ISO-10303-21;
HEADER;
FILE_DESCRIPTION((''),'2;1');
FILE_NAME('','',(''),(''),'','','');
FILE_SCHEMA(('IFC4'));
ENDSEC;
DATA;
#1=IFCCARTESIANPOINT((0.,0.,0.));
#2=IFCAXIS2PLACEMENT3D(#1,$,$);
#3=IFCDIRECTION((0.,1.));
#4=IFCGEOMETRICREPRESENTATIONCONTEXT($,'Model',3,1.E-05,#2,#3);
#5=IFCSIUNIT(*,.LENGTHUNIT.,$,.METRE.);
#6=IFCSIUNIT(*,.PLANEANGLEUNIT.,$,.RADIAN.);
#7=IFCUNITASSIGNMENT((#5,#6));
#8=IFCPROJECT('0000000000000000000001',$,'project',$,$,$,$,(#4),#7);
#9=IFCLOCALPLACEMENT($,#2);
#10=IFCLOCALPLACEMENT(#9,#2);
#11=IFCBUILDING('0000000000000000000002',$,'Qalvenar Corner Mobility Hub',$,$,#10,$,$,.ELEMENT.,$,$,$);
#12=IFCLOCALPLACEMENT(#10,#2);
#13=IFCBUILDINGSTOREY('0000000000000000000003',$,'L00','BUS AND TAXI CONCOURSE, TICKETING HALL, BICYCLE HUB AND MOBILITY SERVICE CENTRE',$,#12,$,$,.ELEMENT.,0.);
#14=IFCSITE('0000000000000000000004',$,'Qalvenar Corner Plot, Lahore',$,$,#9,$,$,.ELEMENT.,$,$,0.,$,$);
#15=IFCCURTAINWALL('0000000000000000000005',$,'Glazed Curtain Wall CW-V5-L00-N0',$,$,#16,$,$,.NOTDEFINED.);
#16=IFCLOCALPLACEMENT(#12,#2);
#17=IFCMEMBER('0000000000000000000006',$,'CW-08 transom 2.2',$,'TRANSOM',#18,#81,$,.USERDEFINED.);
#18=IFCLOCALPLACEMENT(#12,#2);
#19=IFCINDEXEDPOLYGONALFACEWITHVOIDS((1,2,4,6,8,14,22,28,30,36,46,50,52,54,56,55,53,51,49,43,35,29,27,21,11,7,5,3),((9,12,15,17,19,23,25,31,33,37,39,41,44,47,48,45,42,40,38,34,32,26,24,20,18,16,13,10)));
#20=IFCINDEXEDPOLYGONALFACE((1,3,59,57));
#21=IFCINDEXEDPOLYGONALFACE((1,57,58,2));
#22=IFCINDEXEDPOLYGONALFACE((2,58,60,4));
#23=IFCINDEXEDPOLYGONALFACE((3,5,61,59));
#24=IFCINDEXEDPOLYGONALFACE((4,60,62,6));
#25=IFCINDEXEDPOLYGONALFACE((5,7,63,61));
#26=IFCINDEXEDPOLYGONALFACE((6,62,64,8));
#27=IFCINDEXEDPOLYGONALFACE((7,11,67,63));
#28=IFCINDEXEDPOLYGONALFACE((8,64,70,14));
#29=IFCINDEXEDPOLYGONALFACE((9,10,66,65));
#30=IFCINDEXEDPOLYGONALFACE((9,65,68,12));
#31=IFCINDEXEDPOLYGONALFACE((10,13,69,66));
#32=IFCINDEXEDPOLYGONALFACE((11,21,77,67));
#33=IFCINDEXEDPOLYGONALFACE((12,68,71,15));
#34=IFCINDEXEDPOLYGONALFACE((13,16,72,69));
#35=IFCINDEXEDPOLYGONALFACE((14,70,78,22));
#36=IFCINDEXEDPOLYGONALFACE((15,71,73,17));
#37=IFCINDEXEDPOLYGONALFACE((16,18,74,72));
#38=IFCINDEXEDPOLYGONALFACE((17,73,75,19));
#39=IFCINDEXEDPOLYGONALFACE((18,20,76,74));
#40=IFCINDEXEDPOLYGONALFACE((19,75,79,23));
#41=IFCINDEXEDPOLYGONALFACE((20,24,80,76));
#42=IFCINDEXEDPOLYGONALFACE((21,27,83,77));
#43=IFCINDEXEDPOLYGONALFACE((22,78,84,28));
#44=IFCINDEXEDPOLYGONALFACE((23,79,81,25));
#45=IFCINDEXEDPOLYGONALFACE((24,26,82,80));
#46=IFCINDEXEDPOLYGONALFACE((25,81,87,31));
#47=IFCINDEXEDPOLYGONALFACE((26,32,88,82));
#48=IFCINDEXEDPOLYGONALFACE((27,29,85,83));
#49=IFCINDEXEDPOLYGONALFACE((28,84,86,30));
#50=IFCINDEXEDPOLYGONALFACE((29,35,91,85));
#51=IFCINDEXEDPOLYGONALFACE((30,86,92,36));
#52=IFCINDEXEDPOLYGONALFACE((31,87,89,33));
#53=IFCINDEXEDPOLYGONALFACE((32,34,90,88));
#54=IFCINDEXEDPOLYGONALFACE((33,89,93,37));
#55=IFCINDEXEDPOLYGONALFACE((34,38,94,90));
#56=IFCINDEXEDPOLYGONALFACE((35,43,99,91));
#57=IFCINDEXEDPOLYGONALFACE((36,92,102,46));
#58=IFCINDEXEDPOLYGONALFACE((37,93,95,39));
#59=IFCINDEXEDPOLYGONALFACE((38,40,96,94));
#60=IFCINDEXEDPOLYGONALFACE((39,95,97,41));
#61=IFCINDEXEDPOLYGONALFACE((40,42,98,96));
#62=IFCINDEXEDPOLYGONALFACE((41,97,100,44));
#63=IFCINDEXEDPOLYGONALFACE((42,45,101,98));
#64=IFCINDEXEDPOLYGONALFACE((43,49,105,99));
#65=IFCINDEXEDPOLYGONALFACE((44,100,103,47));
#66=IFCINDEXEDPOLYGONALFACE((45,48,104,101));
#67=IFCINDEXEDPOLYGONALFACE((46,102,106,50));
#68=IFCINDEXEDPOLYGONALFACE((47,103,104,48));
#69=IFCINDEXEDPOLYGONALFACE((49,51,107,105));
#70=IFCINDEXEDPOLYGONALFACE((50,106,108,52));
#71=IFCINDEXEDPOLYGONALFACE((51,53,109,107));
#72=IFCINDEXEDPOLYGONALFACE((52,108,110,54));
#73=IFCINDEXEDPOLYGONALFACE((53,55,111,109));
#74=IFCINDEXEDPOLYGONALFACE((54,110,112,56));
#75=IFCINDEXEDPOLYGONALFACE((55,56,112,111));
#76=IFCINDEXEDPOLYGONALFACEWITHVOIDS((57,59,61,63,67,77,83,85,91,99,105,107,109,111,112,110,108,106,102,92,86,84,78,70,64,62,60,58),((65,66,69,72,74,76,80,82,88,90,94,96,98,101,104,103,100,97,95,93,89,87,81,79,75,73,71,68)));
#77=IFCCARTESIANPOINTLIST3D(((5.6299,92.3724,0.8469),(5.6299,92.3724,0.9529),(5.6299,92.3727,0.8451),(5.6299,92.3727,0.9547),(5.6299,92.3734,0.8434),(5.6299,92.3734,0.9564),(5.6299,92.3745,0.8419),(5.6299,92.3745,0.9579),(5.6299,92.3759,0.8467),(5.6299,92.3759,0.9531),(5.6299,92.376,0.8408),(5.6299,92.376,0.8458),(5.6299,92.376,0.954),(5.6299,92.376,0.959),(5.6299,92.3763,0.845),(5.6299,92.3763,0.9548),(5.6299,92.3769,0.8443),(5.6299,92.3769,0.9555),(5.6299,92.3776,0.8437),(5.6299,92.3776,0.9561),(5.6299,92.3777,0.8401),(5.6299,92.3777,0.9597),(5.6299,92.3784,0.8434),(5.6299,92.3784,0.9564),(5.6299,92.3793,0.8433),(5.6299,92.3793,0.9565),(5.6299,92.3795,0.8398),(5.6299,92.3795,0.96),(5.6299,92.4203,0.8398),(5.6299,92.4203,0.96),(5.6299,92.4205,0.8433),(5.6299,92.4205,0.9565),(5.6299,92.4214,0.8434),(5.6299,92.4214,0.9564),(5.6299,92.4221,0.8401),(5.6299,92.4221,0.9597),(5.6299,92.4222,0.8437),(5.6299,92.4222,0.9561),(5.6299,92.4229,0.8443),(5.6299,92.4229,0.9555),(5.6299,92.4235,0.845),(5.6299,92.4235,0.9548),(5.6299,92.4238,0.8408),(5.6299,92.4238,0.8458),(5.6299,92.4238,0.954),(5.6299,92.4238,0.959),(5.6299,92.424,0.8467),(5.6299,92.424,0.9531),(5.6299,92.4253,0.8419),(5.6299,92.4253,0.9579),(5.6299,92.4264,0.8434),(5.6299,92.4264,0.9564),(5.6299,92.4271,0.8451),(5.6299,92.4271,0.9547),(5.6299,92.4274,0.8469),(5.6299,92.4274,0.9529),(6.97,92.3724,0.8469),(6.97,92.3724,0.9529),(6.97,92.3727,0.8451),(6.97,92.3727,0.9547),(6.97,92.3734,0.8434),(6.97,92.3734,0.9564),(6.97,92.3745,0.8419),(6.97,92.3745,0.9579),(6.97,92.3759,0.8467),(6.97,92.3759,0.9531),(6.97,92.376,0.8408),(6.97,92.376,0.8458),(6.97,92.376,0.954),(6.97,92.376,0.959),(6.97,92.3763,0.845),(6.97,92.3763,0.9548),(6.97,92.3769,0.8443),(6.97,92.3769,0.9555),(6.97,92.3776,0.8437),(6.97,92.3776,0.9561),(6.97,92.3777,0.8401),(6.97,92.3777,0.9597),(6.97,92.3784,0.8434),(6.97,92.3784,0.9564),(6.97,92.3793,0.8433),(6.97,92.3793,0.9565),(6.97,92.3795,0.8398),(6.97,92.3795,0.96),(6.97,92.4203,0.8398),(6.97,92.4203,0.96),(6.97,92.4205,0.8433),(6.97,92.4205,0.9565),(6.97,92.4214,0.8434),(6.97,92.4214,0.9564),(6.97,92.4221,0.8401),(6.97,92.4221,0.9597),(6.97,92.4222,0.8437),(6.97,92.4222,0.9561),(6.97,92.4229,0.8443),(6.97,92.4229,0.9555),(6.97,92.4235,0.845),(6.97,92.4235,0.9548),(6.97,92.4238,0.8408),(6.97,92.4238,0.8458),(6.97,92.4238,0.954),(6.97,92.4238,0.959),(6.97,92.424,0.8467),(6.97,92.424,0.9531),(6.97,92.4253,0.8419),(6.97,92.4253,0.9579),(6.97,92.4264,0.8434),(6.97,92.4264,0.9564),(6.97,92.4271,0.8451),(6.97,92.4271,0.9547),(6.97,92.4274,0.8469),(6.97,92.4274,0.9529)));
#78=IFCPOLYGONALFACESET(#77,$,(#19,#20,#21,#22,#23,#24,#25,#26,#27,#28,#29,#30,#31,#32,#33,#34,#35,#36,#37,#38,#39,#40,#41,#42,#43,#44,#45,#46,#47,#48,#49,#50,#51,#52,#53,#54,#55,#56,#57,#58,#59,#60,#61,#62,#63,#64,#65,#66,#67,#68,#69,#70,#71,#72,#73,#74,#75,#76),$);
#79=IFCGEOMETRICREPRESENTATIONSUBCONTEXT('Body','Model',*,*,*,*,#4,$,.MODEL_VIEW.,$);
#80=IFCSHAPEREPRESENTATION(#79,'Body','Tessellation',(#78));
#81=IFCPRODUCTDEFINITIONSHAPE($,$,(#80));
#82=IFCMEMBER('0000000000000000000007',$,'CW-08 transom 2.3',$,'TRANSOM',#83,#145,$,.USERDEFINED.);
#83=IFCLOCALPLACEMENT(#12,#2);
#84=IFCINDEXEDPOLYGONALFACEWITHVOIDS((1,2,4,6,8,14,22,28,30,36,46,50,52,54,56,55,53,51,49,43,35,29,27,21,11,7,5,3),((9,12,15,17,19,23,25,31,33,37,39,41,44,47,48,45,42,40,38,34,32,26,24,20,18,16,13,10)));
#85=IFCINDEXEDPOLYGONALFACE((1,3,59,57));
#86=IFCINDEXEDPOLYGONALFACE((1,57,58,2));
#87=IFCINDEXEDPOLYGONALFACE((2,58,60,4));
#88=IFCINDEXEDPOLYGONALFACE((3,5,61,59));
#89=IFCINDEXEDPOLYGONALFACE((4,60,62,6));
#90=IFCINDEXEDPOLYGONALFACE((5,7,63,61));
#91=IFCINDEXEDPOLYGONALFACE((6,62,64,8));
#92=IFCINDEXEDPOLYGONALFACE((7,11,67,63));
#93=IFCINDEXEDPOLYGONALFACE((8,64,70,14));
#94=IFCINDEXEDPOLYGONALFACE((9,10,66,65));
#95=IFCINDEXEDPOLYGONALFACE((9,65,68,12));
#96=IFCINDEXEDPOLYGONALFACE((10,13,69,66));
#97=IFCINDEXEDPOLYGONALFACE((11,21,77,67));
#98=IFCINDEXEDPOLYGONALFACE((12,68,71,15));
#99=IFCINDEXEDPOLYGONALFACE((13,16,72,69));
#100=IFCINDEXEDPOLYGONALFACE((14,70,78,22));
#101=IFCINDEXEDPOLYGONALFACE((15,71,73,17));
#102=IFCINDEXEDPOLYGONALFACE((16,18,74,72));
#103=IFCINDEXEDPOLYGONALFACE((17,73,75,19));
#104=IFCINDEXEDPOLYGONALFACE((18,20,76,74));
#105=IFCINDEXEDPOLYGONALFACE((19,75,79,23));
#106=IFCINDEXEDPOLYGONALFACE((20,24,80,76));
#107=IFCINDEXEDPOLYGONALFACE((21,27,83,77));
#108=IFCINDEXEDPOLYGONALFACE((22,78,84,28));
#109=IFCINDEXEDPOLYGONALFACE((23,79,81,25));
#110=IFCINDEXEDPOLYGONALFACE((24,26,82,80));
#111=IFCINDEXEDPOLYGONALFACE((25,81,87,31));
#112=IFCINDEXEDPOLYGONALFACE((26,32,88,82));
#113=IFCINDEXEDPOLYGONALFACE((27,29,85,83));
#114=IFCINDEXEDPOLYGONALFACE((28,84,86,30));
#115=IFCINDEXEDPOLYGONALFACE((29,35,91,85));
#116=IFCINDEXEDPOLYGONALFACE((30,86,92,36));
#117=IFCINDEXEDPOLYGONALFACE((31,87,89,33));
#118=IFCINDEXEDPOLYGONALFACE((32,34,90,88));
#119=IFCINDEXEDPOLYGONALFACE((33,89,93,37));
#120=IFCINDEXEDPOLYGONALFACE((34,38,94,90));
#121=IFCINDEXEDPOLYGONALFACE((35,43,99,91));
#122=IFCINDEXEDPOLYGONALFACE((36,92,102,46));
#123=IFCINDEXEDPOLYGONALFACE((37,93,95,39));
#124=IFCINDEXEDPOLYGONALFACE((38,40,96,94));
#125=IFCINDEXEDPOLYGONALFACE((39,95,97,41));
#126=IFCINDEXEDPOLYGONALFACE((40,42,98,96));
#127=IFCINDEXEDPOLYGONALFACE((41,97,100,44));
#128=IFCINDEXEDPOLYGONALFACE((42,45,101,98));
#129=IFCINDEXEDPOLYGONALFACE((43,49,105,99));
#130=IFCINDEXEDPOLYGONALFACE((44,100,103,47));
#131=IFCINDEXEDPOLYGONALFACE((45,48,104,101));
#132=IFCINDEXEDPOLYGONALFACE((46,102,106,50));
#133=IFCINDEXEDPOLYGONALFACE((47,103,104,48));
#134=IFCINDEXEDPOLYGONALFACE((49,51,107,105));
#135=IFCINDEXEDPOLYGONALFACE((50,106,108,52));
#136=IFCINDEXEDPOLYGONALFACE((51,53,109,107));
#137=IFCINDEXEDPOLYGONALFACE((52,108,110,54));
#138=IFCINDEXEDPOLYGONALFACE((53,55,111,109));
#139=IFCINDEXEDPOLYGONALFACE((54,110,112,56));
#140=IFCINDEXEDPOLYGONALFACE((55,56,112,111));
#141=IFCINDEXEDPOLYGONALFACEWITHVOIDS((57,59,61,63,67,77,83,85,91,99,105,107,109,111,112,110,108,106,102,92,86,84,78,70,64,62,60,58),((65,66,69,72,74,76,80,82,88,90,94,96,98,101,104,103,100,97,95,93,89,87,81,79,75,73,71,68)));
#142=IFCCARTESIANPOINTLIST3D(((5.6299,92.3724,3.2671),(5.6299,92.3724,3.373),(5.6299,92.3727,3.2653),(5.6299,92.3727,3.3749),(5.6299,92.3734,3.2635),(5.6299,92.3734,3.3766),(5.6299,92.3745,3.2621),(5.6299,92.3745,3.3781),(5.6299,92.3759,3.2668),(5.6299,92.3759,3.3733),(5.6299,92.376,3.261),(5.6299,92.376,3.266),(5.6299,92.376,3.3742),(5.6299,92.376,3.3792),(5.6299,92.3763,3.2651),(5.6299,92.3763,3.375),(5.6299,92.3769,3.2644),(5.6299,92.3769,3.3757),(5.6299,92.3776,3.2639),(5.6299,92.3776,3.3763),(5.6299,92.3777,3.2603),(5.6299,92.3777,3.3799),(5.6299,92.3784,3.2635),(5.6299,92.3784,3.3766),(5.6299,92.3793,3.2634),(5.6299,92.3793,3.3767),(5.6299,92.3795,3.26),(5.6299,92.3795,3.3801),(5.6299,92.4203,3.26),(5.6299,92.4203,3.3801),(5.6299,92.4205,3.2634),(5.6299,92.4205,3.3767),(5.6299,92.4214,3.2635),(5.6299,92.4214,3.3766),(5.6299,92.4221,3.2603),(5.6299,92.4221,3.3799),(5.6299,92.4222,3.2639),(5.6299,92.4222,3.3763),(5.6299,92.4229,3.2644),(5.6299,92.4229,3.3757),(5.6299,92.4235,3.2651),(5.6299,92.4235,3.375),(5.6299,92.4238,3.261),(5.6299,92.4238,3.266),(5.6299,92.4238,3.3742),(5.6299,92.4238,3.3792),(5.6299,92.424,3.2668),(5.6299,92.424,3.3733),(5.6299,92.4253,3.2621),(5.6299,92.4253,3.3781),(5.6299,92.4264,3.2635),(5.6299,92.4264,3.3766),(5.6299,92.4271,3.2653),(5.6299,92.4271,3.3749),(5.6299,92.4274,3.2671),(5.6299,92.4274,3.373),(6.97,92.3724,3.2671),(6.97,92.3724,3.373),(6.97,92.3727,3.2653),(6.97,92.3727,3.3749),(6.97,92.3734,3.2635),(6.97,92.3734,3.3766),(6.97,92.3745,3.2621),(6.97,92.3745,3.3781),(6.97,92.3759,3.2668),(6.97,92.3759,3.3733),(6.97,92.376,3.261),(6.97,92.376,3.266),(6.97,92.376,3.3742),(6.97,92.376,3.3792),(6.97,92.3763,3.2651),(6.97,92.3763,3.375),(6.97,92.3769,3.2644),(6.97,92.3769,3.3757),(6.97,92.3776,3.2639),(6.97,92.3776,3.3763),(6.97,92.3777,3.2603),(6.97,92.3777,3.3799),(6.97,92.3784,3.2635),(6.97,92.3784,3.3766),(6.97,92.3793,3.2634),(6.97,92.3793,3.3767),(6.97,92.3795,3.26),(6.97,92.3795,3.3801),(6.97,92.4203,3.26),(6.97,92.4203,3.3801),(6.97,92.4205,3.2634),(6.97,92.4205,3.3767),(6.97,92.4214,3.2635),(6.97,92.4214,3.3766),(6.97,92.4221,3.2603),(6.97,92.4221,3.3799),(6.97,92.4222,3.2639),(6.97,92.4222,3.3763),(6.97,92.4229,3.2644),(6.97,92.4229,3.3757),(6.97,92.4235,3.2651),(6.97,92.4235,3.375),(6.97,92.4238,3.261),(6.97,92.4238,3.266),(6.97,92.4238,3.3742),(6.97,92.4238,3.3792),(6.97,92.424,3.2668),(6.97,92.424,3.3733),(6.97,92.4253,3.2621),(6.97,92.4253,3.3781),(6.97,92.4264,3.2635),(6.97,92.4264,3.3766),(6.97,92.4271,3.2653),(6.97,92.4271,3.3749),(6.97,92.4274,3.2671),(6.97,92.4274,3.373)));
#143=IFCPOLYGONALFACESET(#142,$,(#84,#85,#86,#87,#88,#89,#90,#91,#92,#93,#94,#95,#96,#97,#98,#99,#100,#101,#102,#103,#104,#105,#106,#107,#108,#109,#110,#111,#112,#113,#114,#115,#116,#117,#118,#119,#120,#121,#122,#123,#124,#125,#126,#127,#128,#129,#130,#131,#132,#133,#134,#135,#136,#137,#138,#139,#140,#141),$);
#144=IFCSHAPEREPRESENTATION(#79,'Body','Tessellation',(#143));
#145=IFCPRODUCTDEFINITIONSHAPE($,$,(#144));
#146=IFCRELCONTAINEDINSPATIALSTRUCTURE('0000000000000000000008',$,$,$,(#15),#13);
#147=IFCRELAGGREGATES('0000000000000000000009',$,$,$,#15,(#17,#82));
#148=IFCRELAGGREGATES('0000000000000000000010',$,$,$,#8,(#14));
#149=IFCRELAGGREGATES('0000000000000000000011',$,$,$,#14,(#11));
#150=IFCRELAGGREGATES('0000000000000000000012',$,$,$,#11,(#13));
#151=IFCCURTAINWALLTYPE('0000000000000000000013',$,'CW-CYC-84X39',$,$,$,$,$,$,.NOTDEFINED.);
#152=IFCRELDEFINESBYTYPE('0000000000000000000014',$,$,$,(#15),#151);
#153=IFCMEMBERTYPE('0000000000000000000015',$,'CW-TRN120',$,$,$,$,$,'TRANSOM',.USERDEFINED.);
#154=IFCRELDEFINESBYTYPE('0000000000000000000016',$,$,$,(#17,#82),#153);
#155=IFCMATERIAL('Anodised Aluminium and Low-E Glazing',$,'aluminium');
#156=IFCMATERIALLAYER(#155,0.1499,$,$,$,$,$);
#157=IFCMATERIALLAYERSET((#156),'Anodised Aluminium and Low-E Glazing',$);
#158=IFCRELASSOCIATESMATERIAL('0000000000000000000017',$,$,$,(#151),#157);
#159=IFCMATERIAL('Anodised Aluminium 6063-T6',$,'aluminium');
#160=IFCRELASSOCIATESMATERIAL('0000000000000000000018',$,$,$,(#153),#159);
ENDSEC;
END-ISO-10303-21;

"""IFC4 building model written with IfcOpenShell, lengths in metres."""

from ifc_helpers import new_model, si_unit, direction, frame, origin, origin_2d, place, context, subcontext, project, spatial, hollow_rectangle, extrude, material, layer, layer_set, material_profile, profile_set, type_object, element, aggregate, save


model = new_model("IFC4")

# Units and contexts
model_context = context("Model", 3, precision=1e-05, world=origin(), true_north=direction((0.0, 1.0)))
body_context = subcontext(model_context, "Body", "Model", "MODEL_VIEW")
ifc_project = project(units=[si_unit("LENGTHUNIT", "METRE"), si_unit("PLANEANGLEUNIT", "RADIAN")], contexts=[model_context])

# Site, building, storey
site_placement = place(None, origin())
site = spatial("IfcSite", under=ifc_project, at=site_placement, Name="Qalvenar Corner Plot, Lahore", CompositionType="ELEMENT", RefElevation=0.0)
building_placement = place(site_placement, origin())
building = spatial("IfcBuilding", under=site, at=building_placement, Name="Qalvenar Corner Mobility Hub", CompositionType="ELEMENT")
storey_placement = place(building_placement, origin())
storey = spatial("IfcBuildingStorey", under=building, at=storey_placement, Name="L00", Description="BUS AND TAXI CONCOURSE, TICKETING HALL, BICYCLE HUB AND MOBILITY SERVICE CENTRE", CompositionType="ELEMENT", Elevation=0.0)

# Curtain wall, members
ifc_material_1 = material(Name="Anodised Aluminium and Low-E Glazing", Category="aluminium")
ifc_layer_1 = layer(ifc_material_1, 0.1499)
ifc_layer_set_1 = layer_set([ifc_layer_1], Name="Anodised Aluminium and Low-E Glazing")
curtain_wall_type = type_object("IfcCurtainWallType", Name="CW-CYC-84X39", PredefinedType="NOTDEFINED", material=ifc_layer_set_1)
curtain_wall_placement = place(storey_placement, origin())
curtain_wall = element("IfcCurtainWall", 1, at=curtain_wall_placement, inside=storey, type_object=curtain_wall_type, Name="Glazed Curtain Wall CW-V5-L00-N0", PredefinedType="NOTDEFINED")
ifc_material_2 = material(Name="Anodised Aluminium 6063-T6", Category="aluminium")
ifc_material_profile_1 = material_profile(ifc_material_2, hollow_rectangle(XDim=0.0549, YDim=0.1201, WallThickness=0.0034, InnerFilletRadius=0.0034, OuterFilletRadius=0.0071, at=origin_2d()), Name="RHS120x55x3.5")
ifc_profile_set_1 = profile_set([ifc_material_profile_1], Name="Anodised Aluminium 6063-T6")
member_type_1 = type_object("IfcMemberType", Name="CW-TRN120", ElementType="TRANSOM", PredefinedType="USERDEFINED", material=ifc_profile_set_1)
member_1_placement = place(storey_placement, frame((6.97, 92.3999, 0.8999), z_axis=(-1.0, 0.0, 0.0), x_axis=(0.0, -1.0, 0.0)))
member_1 = element("IfcMember", 2, at=member_1_placement, type_object=member_type_1, Name="CW-08 transom 2.2", ObjectType="TRANSOM", PredefinedType="USERDEFINED", context=body_context, shape_type="SweptSolid", body=[
    extrude(hollow_rectangle(XDim=0.0549, YDim=0.1201, WallThickness=0.0034, InnerFilletRadius=0.0034, OuterFilletRadius=0.0071, at=origin_2d()), origin(), (0.0, 0.0, 1.0), 1.3401),
])
member_2_placement = place(storey_placement, frame((6.97, 92.3999, 3.3201), z_axis=(-1.0, 0.0, 0.0), x_axis=(0.0, -1.0, 0.0)))
member_2 = element("IfcMember", 3, at=member_2_placement, type_object=member_type_1, Name="CW-08 transom 2.3", ObjectType="TRANSOM", PredefinedType="USERDEFINED", context=body_context, shape_type="SweptSolid", body=[
    extrude(hollow_rectangle(XDim=0.0549, YDim=0.1201, WallThickness=0.0034, InnerFilletRadius=0.0034, OuterFilletRadius=0.0071, at=origin_2d()), origin(), (0.0, 0.0, 1.0), 1.3401),
])
aggregate(curtain_wall, [member_1, member_2])

save(model, "model.ifc")
